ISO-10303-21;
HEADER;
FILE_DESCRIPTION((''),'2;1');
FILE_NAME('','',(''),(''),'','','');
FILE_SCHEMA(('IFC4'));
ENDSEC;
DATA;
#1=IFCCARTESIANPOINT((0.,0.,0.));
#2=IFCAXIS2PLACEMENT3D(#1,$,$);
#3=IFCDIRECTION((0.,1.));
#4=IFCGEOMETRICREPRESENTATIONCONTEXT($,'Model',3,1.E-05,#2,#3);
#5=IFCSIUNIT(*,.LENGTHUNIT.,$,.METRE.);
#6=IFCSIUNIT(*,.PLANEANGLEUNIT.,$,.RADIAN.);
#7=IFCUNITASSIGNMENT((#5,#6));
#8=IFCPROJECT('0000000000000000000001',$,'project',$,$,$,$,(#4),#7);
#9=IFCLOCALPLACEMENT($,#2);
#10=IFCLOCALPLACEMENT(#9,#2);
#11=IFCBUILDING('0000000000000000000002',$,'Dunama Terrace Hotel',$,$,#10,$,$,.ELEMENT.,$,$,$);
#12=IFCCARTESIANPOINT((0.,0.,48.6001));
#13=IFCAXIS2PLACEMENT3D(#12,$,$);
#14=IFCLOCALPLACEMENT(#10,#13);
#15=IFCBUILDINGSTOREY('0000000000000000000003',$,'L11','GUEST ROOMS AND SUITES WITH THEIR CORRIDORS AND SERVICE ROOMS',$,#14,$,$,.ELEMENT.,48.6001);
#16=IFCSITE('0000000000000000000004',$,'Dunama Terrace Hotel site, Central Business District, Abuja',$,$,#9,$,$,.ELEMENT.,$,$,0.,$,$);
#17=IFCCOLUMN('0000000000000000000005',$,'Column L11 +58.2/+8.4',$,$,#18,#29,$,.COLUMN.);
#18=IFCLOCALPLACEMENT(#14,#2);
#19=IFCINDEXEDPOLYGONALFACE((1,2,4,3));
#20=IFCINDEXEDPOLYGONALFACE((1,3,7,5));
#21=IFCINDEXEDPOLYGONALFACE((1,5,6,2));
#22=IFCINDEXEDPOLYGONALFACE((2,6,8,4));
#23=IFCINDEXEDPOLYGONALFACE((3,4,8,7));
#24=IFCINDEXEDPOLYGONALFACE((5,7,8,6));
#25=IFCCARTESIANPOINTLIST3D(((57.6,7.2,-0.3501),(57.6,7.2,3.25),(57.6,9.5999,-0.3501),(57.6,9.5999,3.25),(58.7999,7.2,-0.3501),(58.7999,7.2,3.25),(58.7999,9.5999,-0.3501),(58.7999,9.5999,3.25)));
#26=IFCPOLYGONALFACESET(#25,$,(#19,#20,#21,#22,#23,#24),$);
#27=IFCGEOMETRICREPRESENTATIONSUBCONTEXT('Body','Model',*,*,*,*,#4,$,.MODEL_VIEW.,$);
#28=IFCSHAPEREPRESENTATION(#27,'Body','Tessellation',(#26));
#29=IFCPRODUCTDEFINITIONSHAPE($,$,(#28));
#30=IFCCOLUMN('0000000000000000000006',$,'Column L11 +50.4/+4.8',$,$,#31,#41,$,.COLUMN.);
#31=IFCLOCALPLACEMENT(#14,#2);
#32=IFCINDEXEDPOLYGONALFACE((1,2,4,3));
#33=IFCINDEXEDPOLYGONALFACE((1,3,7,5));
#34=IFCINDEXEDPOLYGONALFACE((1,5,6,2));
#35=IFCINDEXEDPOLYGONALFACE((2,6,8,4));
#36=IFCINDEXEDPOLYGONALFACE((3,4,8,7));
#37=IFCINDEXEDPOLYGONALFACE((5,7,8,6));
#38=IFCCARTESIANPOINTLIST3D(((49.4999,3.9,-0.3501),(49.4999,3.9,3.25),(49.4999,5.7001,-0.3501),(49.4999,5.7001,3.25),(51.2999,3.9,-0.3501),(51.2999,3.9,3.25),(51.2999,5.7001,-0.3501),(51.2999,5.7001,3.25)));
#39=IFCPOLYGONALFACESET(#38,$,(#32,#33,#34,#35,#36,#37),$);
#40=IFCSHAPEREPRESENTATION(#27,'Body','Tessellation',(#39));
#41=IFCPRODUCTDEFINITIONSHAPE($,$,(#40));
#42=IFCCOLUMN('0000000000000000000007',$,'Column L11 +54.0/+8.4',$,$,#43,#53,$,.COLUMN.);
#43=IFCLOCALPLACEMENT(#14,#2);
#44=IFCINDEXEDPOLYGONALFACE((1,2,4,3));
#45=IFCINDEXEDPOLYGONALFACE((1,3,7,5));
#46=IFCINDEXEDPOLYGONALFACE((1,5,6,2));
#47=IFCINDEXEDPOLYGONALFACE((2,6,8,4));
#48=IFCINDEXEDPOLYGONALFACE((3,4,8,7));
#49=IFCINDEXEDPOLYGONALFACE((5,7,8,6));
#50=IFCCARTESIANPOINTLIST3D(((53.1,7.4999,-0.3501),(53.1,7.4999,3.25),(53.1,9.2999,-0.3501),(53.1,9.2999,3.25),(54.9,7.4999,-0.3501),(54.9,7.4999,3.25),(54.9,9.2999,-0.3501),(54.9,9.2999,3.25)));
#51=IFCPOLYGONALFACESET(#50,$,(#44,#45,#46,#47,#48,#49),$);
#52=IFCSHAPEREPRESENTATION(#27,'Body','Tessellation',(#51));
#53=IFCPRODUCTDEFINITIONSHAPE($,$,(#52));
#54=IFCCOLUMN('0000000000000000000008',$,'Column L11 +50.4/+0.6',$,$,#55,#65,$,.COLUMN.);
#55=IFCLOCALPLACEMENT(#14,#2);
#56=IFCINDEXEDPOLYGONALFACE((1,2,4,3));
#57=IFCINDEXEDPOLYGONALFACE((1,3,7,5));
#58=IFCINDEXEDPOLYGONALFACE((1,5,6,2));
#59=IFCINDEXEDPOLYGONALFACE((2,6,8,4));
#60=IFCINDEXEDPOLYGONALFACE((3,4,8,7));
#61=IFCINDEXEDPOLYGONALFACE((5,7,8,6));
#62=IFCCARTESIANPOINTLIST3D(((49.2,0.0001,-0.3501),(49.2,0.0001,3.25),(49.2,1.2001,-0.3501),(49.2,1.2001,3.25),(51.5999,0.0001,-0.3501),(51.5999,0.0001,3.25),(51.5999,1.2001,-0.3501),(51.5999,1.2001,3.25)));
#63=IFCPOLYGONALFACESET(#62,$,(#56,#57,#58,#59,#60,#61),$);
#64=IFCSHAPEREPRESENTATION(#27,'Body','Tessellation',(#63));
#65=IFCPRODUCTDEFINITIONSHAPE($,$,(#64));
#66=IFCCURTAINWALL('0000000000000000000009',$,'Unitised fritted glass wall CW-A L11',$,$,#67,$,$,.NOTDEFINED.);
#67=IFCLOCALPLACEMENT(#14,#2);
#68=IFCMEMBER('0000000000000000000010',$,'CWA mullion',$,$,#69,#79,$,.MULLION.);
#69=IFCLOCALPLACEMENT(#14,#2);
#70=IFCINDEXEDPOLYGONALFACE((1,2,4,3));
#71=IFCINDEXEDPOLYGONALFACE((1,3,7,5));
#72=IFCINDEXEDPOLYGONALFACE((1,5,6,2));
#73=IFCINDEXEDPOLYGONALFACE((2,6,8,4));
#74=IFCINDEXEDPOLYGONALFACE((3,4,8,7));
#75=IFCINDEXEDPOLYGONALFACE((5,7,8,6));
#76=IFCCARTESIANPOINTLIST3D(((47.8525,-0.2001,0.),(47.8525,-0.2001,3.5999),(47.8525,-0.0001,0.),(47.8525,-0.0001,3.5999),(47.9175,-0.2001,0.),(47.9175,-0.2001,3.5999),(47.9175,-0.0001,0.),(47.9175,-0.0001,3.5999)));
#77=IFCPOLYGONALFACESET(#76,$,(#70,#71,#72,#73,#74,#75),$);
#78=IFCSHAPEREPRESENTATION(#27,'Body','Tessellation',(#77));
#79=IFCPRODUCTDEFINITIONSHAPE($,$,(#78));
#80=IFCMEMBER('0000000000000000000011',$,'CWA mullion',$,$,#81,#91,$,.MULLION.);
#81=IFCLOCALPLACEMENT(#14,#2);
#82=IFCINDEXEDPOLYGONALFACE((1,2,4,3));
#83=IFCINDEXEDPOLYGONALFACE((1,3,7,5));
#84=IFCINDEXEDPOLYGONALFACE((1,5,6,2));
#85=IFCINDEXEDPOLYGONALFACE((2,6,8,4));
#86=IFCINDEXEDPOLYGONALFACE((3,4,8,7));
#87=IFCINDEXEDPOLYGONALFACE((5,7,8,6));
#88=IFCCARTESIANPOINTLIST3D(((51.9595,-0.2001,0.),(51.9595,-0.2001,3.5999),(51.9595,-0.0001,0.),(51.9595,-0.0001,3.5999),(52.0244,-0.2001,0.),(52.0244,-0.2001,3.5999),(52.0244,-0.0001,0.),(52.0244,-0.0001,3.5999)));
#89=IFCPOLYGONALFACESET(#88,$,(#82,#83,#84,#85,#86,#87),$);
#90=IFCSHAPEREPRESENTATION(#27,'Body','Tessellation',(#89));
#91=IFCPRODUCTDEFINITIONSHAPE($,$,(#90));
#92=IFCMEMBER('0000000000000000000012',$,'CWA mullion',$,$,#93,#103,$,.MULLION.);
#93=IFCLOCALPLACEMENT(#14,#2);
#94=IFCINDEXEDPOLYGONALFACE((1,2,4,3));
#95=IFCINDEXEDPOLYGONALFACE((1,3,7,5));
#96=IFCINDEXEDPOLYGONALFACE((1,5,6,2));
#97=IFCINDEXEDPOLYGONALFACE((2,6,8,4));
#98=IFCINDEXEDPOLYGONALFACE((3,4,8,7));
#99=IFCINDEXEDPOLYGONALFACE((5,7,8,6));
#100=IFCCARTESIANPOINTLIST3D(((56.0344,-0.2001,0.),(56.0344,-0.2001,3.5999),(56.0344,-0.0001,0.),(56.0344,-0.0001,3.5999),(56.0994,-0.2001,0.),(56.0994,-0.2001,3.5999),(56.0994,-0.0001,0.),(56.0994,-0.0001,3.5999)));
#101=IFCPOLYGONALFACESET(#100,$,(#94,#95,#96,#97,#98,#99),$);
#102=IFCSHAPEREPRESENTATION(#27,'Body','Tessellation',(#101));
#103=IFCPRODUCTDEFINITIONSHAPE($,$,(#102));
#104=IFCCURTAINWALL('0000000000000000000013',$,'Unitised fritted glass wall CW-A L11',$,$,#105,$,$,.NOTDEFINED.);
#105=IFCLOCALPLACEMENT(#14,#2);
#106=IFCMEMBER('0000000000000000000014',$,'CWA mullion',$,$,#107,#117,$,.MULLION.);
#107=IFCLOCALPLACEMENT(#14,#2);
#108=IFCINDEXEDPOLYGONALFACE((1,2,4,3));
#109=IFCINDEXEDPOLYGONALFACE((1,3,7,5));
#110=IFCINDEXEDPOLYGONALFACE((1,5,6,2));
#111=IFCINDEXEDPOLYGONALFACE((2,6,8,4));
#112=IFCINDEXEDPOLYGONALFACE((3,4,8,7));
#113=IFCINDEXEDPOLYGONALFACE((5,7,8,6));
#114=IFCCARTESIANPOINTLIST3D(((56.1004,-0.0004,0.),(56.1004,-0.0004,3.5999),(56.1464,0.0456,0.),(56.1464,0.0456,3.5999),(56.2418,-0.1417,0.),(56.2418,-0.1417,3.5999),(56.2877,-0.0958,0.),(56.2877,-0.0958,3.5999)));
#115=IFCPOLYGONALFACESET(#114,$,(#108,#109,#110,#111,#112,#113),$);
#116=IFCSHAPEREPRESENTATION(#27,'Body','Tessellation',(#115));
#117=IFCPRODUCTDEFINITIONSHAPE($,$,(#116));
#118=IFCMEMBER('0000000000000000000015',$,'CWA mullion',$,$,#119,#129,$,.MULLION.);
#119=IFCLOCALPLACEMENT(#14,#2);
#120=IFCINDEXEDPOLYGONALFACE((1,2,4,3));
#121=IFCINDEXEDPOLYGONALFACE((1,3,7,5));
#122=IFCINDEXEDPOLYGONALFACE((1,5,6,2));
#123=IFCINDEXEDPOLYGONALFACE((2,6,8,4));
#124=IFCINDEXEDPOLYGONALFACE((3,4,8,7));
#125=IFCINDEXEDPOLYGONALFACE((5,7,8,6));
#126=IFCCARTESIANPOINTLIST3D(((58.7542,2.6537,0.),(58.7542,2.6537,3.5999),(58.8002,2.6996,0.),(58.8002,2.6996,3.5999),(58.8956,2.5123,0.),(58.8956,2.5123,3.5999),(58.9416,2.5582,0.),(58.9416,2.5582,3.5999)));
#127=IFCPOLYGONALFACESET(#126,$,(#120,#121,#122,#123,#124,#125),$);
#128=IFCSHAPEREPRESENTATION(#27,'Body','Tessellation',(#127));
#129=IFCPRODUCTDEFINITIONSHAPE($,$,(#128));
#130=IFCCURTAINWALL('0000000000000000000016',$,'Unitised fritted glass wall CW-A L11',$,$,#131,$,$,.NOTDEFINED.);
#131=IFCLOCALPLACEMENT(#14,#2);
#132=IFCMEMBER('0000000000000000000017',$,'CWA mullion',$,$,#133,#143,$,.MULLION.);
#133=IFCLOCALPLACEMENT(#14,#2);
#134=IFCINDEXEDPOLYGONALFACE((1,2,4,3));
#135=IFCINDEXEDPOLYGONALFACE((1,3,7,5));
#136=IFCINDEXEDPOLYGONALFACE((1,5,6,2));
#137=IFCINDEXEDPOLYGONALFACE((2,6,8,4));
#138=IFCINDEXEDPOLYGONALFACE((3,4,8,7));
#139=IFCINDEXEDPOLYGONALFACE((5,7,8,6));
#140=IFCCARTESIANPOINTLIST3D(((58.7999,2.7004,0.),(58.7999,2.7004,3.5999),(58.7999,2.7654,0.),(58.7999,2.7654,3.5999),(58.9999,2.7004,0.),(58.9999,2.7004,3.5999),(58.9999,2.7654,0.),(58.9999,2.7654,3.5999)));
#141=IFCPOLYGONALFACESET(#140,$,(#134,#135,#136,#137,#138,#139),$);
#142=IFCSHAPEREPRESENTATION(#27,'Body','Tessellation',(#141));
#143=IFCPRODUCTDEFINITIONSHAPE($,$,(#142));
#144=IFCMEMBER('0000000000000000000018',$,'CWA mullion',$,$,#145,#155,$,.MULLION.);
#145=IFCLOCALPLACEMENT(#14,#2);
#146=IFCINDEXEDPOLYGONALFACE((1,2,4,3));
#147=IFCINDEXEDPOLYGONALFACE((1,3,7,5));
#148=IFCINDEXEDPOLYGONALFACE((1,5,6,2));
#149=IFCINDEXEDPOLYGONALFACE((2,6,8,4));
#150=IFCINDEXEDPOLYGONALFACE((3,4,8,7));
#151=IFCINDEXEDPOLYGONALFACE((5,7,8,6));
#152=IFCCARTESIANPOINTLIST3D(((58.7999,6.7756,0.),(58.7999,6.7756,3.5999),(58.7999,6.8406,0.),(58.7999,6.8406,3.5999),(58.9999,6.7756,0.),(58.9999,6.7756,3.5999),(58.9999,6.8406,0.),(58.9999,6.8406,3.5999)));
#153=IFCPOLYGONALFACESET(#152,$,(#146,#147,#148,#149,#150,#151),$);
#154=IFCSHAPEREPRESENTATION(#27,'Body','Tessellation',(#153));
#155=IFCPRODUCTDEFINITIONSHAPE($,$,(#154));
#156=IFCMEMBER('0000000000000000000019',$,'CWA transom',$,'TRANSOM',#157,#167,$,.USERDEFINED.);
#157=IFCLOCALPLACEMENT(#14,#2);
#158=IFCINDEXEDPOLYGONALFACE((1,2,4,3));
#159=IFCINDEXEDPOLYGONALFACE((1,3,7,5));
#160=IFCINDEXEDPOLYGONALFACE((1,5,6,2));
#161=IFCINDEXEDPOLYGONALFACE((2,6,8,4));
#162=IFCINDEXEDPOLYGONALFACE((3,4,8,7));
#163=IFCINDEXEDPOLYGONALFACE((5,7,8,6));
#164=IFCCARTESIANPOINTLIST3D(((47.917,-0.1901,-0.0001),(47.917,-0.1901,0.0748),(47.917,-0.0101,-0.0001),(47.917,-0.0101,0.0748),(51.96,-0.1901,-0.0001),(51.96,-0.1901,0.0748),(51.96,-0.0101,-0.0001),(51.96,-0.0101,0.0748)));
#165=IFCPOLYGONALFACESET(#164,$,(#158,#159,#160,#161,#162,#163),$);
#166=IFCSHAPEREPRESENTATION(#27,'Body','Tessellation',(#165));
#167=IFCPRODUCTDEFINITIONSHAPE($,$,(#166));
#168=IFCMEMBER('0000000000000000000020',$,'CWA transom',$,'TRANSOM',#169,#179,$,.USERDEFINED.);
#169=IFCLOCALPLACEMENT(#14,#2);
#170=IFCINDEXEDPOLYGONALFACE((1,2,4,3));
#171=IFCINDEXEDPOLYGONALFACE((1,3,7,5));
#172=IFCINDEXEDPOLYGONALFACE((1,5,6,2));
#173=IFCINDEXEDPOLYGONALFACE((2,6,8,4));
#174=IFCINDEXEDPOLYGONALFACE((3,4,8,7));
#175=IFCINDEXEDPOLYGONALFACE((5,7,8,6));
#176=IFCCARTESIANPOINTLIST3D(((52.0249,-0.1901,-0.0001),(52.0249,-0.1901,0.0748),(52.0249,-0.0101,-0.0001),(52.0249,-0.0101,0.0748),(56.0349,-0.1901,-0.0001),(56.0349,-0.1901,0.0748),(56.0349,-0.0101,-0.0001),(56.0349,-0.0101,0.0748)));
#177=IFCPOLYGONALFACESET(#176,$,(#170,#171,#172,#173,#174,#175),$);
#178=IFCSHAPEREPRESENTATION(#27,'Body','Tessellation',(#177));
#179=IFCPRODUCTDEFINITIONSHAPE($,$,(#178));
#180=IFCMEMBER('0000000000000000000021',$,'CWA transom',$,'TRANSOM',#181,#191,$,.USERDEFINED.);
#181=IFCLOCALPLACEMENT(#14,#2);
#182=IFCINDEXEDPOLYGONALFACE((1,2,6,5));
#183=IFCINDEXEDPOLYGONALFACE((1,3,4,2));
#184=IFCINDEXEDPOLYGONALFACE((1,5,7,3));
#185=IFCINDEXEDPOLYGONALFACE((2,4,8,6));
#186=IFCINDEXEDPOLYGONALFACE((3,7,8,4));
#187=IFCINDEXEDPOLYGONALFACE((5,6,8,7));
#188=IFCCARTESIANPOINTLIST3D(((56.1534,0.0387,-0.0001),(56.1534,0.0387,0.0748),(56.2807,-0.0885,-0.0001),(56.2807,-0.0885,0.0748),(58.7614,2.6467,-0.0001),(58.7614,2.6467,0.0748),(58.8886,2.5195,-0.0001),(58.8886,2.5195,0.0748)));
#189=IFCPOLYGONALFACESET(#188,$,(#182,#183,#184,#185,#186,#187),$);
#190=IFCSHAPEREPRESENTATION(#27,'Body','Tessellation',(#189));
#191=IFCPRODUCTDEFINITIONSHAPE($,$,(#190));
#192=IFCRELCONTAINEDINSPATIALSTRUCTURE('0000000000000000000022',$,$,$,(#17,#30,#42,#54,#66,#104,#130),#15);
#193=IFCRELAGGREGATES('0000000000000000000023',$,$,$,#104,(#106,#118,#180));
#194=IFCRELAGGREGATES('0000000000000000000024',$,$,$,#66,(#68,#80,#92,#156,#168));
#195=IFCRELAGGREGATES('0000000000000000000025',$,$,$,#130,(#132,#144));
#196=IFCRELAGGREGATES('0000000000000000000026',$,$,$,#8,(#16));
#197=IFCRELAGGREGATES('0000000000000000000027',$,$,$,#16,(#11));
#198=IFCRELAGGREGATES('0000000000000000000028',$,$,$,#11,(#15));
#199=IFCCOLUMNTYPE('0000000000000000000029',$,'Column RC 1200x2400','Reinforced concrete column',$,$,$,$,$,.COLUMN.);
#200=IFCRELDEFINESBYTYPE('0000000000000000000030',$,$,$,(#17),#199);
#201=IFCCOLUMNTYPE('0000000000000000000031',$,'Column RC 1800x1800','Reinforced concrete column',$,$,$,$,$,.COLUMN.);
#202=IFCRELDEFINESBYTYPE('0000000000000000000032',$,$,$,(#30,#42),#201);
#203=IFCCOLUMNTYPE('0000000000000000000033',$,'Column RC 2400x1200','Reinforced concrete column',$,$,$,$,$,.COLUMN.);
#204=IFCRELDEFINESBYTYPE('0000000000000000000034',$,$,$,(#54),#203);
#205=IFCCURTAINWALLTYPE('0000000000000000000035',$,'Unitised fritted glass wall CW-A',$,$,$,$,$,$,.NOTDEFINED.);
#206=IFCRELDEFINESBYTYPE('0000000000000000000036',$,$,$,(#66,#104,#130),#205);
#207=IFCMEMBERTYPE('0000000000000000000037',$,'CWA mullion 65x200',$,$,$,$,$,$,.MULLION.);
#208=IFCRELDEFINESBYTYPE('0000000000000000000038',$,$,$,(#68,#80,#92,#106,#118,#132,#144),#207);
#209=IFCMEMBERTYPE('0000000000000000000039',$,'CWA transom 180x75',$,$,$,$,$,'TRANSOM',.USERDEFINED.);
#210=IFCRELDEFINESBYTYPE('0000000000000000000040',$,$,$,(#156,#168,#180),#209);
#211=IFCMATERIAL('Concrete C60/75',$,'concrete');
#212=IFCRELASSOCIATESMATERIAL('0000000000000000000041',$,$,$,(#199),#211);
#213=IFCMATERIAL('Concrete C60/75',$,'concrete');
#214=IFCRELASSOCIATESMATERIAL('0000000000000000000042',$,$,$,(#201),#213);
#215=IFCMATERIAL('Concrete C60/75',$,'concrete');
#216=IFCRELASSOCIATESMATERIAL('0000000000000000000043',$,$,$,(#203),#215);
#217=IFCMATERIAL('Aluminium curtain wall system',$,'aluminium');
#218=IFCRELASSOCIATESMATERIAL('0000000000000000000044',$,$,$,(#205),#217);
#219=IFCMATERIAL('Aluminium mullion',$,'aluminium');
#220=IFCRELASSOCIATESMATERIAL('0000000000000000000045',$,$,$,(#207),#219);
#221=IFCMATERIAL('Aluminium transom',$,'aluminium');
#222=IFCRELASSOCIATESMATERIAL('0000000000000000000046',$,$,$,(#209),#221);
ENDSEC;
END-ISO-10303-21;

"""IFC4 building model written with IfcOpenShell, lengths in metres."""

from ifc_helpers import new_model, si_unit, direction, frame, origin, origin_2d, place, context, subcontext, project, spatial, rectangle, extrude, material, material_profile, profile_set, type_object, element, aggregate, save


model = new_model("IFC4")

# Units and contexts
model_context = context("Model", 3, precision=1e-05, world=origin(), true_north=direction((0.0, 1.0)))
body_context = subcontext(model_context, "Body", "Model", "MODEL_VIEW")
ifc_project = project(units=[si_unit("LENGTHUNIT", "METRE"), si_unit("PLANEANGLEUNIT", "RADIAN")], contexts=[model_context])

# Site, building, storey
site_placement = place(None, origin())
site = spatial("IfcSite", under=ifc_project, at=site_placement, Name="Dunama Terrace Hotel site, Central Business District, Abuja", CompositionType="ELEMENT", RefElevation=0.0)
building_placement = place(site_placement, origin())
building = spatial("IfcBuilding", under=site, at=building_placement, Name="Dunama Terrace Hotel", CompositionType="ELEMENT")
storey_placement = place(building_placement, frame((0.0, 0.0, 48.6001)))
storey = spatial("IfcBuildingStorey", under=building, at=storey_placement, Name="L11", Description="GUEST ROOMS AND SUITES WITH THEIR CORRIDORS AND SERVICE ROOMS", CompositionType="ELEMENT", Elevation=48.6001)

# Columns
ifc_material_1 = material(Name="Concrete C60/75", Category="concrete")
ifc_material_profile_1 = material_profile(ifc_material_1, rectangle(XDim=1.2, YDim=2.3999, at=origin_2d()), Name="RC 1200x2400")
ifc_profile_set_1 = profile_set([ifc_material_profile_1], Name="Concrete C60/75")
column_type_1 = type_object("IfcColumnType", Name="Column RC 1200x2400", Description="Reinforced concrete column", PredefinedType="COLUMN", material=ifc_profile_set_1)
column_1_placement = place(storey_placement, frame((58.2, 8.3999, -0.3501), z_axis=(0.0, 0.0, 1.0), x_axis=(1.0, 0.0, 0.0)))
element("IfcColumn", 1, at=column_1_placement, inside=storey, type_object=column_type_1, Name="Column L11 +58.2/+8.4", PredefinedType="COLUMN", context=body_context, shape_type="SweptSolid", body=[
    extrude(rectangle(XDim=1.2, YDim=2.3999, at=origin_2d()), origin(), (0.0, 0.0, 1.0), 3.6001),
])
ifc_material_2 = material(Name="Concrete C60/75", Category="concrete")
ifc_material_profile_2 = material_profile(ifc_material_2, rectangle(XDim=1.8, YDim=1.8, at=origin_2d()), Name="RC 1800x1800")
ifc_profile_set_2 = profile_set([ifc_material_profile_2], Name="Concrete C60/75")
column_type_2 = type_object("IfcColumnType", Name="Column RC 1800x1800", Description="Reinforced concrete column", PredefinedType="COLUMN", material=ifc_profile_set_2)
for number, where, z_axis, x_axis, name in (
    (2, (50.3999, 4.8, -0.3501), (0.0, 0.0, 1.0), (1.0, 0.0, 0.0), "Column L11 +50.4/+4.8"),
    (3, (54.0, 8.3999, -0.3501), (0.0, 0.0, 1.0), (1.0, 0.0, 0.0), "Column L11 +54.0/+8.4"),
):
    element("IfcColumn", number, at=place(storey_placement, frame(where, z_axis=z_axis, x_axis=x_axis)), inside=storey, type_object=column_type_2, Name=name, PredefinedType="COLUMN", context=body_context, shape_type="SweptSolid", body=[
        extrude(rectangle(XDim=1.8, YDim=1.8, at=origin_2d()), origin(), (0.0, 0.0, 1.0), 3.6001),
    ])
ifc_material_3 = material(Name="Concrete C60/75", Category="concrete")
ifc_material_profile_3 = material_profile(ifc_material_3, rectangle(XDim=2.3999, YDim=1.2, at=origin_2d()), Name="RC 2400x1200")
ifc_profile_set_3 = profile_set([ifc_material_profile_3], Name="Concrete C60/75")
column_type_3 = type_object("IfcColumnType", Name="Column RC 2400x1200", Description="Reinforced concrete column", PredefinedType="COLUMN", material=ifc_profile_set_3)
column_2_placement = place(storey_placement, frame((50.3999, 0.6001, -0.3501), z_axis=(0.0, 0.0, 1.0), x_axis=(1.0, 0.0, 0.0)))
element("IfcColumn", 4, at=column_2_placement, inside=storey, type_object=column_type_3, Name="Column L11 +50.4/+0.6", PredefinedType="COLUMN", context=body_context, shape_type="SweptSolid", body=[
    extrude(rectangle(XDim=2.3999, YDim=1.2, at=origin_2d()), origin(), (0.0, 0.0, 1.0), 3.6001),
])

# Curtain walls, members
ifc_material_4 = material(Name="Aluminium curtain wall system", Category="aluminium")
curtain_wall_type = type_object("IfcCurtainWallType", Name="Unitised fritted glass wall CW-A", PredefinedType="NOTDEFINED", material=ifc_material_4)
curtain_wall_1_placement = place(storey_placement, origin())
curtain_wall_1 = element("IfcCurtainWall", 5, at=curtain_wall_1_placement, inside=storey, type_object=curtain_wall_type, Name="Unitised fritted glass wall CW-A L11", PredefinedType="NOTDEFINED")
ifc_material_5 = material(Name="Aluminium mullion", Category="aluminium")
ifc_material_profile_4 = material_profile(ifc_material_5, rectangle(XDim=0.0649, YDim=0.2, at=origin_2d()), Name="CWA MULLION 65X200")
ifc_profile_set_4 = profile_set([ifc_material_profile_4], Name="Aluminium mullion")
member_type_1 = type_object("IfcMemberType", Name="CWA mullion 65x200", PredefinedType="MULLION", material=ifc_profile_set_4)
member_1_placement = place(storey_placement, frame((47.885, -0.1001, 0.0), z_axis=(0.0, 0.0, 1.0), x_axis=(1.0, 0.0, 0.0)))
member_1 = element("IfcMember", 6, at=member_1_placement, type_object=member_type_1, Name="CWA mullion", PredefinedType="MULLION", context=body_context, shape_type="SweptSolid", body=[
    extrude(rectangle(XDim=0.0649, YDim=0.2, at=origin_2d()), origin(), (0.0, 0.0, 1.0), 3.5999),
])
member_2_placement = place(storey_placement, frame((51.9919, -0.1001, 0.0), z_axis=(0.0, 0.0, 1.0), x_axis=(1.0, 0.0, 0.0)))
member_2 = element("IfcMember", 7, at=member_2_placement, type_object=member_type_1, Name="CWA mullion", PredefinedType="MULLION", context=body_context, shape_type="SweptSolid", body=[
    extrude(rectangle(XDim=0.0649, YDim=0.2, at=origin_2d()), origin(), (0.0, 0.0, 1.0), 3.5999),
])
member_3_placement = place(storey_placement, frame((56.0669, -0.1001, 0.0), z_axis=(0.0, 0.0, 1.0), x_axis=(1.0, 0.0, 0.0)))
member_3 = element("IfcMember", 8, at=member_3_placement, type_object=member_type_1, Name="CWA mullion", PredefinedType="MULLION", context=body_context, shape_type="SweptSolid", body=[
    extrude(rectangle(XDim=0.0649, YDim=0.2, at=origin_2d()), origin(), (0.0, 0.0, 1.0), 3.5999),
])
curtain_wall_2_placement = place(storey_placement, origin())
curtain_wall_2 = element("IfcCurtainWall", 9, at=curtain_wall_2_placement, inside=storey, type_object=curtain_wall_type, Name="Unitised fritted glass wall CW-A L11", PredefinedType="NOTDEFINED")
member_4_placement = place(storey_placement, frame((56.1941, -0.0481, 0.0), z_axis=(0.0, 0.0, 1.0), x_axis=(0.707107, 0.707107, 0.0)))
member_4 = element("IfcMember", 10, at=member_4_placement, type_object=member_type_1, Name="CWA mullion", PredefinedType="MULLION", context=body_context, shape_type="SweptSolid", body=[
    extrude(rectangle(XDim=0.0649, YDim=0.2, at=origin_2d()), origin(), (0.0, 0.0, 1.0), 3.5999),
])
member_5_placement = place(storey_placement, frame((58.8479, 2.606, 0.0), z_axis=(0.0, 0.0, 1.0), x_axis=(0.707107, 0.707107, 0.0)))
member_5 = element("IfcMember", 11, at=member_5_placement, type_object=member_type_1, Name="CWA mullion", PredefinedType="MULLION", context=body_context, shape_type="SweptSolid", body=[
    extrude(rectangle(XDim=0.0649, YDim=0.2, at=origin_2d()), origin(), (0.0, 0.0, 1.0), 3.5999),
])
curtain_wall_3_placement = place(storey_placement, origin())
curtain_wall_3 = element("IfcCurtainWall", 12, at=curtain_wall_3_placement, inside=storey, type_object=curtain_wall_type, Name="Unitised fritted glass wall CW-A L11", PredefinedType="NOTDEFINED")
member_6_placement = place(storey_placement, frame((58.8999, 2.7329, 0.0), z_axis=(0.0, 0.0, 1.0), x_axis=(0.0, 1.0, 0.0)))
member_6 = element("IfcMember", 13, at=member_6_placement, type_object=member_type_1, Name="CWA mullion", PredefinedType="MULLION", context=body_context, shape_type="SweptSolid", body=[
    extrude(rectangle(XDim=0.0649, YDim=0.2, at=origin_2d()), origin(), (0.0, 0.0, 1.0), 3.5999),
])
member_7_placement = place(storey_placement, frame((58.8999, 6.8081, 0.0), z_axis=(0.0, 0.0, 1.0), x_axis=(0.0, 1.0, 0.0)))
member_7 = element("IfcMember", 14, at=member_7_placement, type_object=member_type_1, Name="CWA mullion", PredefinedType="MULLION", context=body_context, shape_type="SweptSolid", body=[
    extrude(rectangle(XDim=0.0649, YDim=0.2, at=origin_2d()), origin(), (0.0, 0.0, 1.0), 3.5999),
])

# Members
ifc_material_6 = material(Name="Aluminium transom", Category="aluminium")
ifc_material_profile_5 = material_profile(ifc_material_6, rectangle(XDim=0.1799, YDim=0.075, at=origin_2d()), Name="CWA TRANSOM 180X75")
ifc_profile_set_5 = profile_set([ifc_material_profile_5], Name="Aluminium transom")
member_type_2 = type_object("IfcMemberType", Name="CWA transom 180x75", ElementType="TRANSOM", PredefinedType="USERDEFINED", material=ifc_profile_set_5)
member_8_placement = place(storey_placement, frame((47.917, -0.1001, 0.0374), z_axis=(1.0, 0.0, 0.0), x_axis=(0.0, 1.0, 0.0)))
member_8 = element("IfcMember", 15, at=member_8_placement, type_object=member_type_2, Name="CWA transom", ObjectType="TRANSOM", PredefinedType="USERDEFINED", context=body_context, shape_type="SweptSolid", body=[
    extrude(rectangle(XDim=0.1799, YDim=0.075, at=origin_2d()), origin(), (0.0, 0.0, 1.0), 4.043),
])
member_9_placement = place(storey_placement, frame((52.0249, -0.1001, 0.0374), z_axis=(1.0, 0.0, 0.0), x_axis=(0.0, 1.0, 0.0)))
member_9 = element("IfcMember", 16, at=member_9_placement, type_object=member_type_2, Name="CWA transom", ObjectType="TRANSOM", PredefinedType="USERDEFINED", context=body_context, shape_type="SweptSolid", body=[
    extrude(rectangle(XDim=0.1799, YDim=0.075, at=origin_2d()), origin(), (0.0, 0.0, 1.0), 4.01),
])
member_10_placement = place(storey_placement, frame((56.217, -0.0249, 0.0374), z_axis=(0.707107, 0.707107, 0.0), x_axis=(-0.707107, 0.707107, 0.0)))
member_10 = element("IfcMember", 17, at=member_10_placement, type_object=member_type_2, Name="CWA transom", ObjectType="TRANSOM", PredefinedType="USERDEFINED", context=body_context, shape_type="SweptSolid", body=[
    extrude(rectangle(XDim=0.1799, YDim=0.075, at=origin_2d()), origin(), (0.0, 0.0, 1.0), 3.6882),
])

aggregate(curtain_wall_2, [member_4, member_5, member_10])
aggregate(curtain_wall_1, [member_1, member_2, member_3, member_8, member_9])
aggregate(curtain_wall_3, [member_6, member_7])

save(model, "model.ifc")
